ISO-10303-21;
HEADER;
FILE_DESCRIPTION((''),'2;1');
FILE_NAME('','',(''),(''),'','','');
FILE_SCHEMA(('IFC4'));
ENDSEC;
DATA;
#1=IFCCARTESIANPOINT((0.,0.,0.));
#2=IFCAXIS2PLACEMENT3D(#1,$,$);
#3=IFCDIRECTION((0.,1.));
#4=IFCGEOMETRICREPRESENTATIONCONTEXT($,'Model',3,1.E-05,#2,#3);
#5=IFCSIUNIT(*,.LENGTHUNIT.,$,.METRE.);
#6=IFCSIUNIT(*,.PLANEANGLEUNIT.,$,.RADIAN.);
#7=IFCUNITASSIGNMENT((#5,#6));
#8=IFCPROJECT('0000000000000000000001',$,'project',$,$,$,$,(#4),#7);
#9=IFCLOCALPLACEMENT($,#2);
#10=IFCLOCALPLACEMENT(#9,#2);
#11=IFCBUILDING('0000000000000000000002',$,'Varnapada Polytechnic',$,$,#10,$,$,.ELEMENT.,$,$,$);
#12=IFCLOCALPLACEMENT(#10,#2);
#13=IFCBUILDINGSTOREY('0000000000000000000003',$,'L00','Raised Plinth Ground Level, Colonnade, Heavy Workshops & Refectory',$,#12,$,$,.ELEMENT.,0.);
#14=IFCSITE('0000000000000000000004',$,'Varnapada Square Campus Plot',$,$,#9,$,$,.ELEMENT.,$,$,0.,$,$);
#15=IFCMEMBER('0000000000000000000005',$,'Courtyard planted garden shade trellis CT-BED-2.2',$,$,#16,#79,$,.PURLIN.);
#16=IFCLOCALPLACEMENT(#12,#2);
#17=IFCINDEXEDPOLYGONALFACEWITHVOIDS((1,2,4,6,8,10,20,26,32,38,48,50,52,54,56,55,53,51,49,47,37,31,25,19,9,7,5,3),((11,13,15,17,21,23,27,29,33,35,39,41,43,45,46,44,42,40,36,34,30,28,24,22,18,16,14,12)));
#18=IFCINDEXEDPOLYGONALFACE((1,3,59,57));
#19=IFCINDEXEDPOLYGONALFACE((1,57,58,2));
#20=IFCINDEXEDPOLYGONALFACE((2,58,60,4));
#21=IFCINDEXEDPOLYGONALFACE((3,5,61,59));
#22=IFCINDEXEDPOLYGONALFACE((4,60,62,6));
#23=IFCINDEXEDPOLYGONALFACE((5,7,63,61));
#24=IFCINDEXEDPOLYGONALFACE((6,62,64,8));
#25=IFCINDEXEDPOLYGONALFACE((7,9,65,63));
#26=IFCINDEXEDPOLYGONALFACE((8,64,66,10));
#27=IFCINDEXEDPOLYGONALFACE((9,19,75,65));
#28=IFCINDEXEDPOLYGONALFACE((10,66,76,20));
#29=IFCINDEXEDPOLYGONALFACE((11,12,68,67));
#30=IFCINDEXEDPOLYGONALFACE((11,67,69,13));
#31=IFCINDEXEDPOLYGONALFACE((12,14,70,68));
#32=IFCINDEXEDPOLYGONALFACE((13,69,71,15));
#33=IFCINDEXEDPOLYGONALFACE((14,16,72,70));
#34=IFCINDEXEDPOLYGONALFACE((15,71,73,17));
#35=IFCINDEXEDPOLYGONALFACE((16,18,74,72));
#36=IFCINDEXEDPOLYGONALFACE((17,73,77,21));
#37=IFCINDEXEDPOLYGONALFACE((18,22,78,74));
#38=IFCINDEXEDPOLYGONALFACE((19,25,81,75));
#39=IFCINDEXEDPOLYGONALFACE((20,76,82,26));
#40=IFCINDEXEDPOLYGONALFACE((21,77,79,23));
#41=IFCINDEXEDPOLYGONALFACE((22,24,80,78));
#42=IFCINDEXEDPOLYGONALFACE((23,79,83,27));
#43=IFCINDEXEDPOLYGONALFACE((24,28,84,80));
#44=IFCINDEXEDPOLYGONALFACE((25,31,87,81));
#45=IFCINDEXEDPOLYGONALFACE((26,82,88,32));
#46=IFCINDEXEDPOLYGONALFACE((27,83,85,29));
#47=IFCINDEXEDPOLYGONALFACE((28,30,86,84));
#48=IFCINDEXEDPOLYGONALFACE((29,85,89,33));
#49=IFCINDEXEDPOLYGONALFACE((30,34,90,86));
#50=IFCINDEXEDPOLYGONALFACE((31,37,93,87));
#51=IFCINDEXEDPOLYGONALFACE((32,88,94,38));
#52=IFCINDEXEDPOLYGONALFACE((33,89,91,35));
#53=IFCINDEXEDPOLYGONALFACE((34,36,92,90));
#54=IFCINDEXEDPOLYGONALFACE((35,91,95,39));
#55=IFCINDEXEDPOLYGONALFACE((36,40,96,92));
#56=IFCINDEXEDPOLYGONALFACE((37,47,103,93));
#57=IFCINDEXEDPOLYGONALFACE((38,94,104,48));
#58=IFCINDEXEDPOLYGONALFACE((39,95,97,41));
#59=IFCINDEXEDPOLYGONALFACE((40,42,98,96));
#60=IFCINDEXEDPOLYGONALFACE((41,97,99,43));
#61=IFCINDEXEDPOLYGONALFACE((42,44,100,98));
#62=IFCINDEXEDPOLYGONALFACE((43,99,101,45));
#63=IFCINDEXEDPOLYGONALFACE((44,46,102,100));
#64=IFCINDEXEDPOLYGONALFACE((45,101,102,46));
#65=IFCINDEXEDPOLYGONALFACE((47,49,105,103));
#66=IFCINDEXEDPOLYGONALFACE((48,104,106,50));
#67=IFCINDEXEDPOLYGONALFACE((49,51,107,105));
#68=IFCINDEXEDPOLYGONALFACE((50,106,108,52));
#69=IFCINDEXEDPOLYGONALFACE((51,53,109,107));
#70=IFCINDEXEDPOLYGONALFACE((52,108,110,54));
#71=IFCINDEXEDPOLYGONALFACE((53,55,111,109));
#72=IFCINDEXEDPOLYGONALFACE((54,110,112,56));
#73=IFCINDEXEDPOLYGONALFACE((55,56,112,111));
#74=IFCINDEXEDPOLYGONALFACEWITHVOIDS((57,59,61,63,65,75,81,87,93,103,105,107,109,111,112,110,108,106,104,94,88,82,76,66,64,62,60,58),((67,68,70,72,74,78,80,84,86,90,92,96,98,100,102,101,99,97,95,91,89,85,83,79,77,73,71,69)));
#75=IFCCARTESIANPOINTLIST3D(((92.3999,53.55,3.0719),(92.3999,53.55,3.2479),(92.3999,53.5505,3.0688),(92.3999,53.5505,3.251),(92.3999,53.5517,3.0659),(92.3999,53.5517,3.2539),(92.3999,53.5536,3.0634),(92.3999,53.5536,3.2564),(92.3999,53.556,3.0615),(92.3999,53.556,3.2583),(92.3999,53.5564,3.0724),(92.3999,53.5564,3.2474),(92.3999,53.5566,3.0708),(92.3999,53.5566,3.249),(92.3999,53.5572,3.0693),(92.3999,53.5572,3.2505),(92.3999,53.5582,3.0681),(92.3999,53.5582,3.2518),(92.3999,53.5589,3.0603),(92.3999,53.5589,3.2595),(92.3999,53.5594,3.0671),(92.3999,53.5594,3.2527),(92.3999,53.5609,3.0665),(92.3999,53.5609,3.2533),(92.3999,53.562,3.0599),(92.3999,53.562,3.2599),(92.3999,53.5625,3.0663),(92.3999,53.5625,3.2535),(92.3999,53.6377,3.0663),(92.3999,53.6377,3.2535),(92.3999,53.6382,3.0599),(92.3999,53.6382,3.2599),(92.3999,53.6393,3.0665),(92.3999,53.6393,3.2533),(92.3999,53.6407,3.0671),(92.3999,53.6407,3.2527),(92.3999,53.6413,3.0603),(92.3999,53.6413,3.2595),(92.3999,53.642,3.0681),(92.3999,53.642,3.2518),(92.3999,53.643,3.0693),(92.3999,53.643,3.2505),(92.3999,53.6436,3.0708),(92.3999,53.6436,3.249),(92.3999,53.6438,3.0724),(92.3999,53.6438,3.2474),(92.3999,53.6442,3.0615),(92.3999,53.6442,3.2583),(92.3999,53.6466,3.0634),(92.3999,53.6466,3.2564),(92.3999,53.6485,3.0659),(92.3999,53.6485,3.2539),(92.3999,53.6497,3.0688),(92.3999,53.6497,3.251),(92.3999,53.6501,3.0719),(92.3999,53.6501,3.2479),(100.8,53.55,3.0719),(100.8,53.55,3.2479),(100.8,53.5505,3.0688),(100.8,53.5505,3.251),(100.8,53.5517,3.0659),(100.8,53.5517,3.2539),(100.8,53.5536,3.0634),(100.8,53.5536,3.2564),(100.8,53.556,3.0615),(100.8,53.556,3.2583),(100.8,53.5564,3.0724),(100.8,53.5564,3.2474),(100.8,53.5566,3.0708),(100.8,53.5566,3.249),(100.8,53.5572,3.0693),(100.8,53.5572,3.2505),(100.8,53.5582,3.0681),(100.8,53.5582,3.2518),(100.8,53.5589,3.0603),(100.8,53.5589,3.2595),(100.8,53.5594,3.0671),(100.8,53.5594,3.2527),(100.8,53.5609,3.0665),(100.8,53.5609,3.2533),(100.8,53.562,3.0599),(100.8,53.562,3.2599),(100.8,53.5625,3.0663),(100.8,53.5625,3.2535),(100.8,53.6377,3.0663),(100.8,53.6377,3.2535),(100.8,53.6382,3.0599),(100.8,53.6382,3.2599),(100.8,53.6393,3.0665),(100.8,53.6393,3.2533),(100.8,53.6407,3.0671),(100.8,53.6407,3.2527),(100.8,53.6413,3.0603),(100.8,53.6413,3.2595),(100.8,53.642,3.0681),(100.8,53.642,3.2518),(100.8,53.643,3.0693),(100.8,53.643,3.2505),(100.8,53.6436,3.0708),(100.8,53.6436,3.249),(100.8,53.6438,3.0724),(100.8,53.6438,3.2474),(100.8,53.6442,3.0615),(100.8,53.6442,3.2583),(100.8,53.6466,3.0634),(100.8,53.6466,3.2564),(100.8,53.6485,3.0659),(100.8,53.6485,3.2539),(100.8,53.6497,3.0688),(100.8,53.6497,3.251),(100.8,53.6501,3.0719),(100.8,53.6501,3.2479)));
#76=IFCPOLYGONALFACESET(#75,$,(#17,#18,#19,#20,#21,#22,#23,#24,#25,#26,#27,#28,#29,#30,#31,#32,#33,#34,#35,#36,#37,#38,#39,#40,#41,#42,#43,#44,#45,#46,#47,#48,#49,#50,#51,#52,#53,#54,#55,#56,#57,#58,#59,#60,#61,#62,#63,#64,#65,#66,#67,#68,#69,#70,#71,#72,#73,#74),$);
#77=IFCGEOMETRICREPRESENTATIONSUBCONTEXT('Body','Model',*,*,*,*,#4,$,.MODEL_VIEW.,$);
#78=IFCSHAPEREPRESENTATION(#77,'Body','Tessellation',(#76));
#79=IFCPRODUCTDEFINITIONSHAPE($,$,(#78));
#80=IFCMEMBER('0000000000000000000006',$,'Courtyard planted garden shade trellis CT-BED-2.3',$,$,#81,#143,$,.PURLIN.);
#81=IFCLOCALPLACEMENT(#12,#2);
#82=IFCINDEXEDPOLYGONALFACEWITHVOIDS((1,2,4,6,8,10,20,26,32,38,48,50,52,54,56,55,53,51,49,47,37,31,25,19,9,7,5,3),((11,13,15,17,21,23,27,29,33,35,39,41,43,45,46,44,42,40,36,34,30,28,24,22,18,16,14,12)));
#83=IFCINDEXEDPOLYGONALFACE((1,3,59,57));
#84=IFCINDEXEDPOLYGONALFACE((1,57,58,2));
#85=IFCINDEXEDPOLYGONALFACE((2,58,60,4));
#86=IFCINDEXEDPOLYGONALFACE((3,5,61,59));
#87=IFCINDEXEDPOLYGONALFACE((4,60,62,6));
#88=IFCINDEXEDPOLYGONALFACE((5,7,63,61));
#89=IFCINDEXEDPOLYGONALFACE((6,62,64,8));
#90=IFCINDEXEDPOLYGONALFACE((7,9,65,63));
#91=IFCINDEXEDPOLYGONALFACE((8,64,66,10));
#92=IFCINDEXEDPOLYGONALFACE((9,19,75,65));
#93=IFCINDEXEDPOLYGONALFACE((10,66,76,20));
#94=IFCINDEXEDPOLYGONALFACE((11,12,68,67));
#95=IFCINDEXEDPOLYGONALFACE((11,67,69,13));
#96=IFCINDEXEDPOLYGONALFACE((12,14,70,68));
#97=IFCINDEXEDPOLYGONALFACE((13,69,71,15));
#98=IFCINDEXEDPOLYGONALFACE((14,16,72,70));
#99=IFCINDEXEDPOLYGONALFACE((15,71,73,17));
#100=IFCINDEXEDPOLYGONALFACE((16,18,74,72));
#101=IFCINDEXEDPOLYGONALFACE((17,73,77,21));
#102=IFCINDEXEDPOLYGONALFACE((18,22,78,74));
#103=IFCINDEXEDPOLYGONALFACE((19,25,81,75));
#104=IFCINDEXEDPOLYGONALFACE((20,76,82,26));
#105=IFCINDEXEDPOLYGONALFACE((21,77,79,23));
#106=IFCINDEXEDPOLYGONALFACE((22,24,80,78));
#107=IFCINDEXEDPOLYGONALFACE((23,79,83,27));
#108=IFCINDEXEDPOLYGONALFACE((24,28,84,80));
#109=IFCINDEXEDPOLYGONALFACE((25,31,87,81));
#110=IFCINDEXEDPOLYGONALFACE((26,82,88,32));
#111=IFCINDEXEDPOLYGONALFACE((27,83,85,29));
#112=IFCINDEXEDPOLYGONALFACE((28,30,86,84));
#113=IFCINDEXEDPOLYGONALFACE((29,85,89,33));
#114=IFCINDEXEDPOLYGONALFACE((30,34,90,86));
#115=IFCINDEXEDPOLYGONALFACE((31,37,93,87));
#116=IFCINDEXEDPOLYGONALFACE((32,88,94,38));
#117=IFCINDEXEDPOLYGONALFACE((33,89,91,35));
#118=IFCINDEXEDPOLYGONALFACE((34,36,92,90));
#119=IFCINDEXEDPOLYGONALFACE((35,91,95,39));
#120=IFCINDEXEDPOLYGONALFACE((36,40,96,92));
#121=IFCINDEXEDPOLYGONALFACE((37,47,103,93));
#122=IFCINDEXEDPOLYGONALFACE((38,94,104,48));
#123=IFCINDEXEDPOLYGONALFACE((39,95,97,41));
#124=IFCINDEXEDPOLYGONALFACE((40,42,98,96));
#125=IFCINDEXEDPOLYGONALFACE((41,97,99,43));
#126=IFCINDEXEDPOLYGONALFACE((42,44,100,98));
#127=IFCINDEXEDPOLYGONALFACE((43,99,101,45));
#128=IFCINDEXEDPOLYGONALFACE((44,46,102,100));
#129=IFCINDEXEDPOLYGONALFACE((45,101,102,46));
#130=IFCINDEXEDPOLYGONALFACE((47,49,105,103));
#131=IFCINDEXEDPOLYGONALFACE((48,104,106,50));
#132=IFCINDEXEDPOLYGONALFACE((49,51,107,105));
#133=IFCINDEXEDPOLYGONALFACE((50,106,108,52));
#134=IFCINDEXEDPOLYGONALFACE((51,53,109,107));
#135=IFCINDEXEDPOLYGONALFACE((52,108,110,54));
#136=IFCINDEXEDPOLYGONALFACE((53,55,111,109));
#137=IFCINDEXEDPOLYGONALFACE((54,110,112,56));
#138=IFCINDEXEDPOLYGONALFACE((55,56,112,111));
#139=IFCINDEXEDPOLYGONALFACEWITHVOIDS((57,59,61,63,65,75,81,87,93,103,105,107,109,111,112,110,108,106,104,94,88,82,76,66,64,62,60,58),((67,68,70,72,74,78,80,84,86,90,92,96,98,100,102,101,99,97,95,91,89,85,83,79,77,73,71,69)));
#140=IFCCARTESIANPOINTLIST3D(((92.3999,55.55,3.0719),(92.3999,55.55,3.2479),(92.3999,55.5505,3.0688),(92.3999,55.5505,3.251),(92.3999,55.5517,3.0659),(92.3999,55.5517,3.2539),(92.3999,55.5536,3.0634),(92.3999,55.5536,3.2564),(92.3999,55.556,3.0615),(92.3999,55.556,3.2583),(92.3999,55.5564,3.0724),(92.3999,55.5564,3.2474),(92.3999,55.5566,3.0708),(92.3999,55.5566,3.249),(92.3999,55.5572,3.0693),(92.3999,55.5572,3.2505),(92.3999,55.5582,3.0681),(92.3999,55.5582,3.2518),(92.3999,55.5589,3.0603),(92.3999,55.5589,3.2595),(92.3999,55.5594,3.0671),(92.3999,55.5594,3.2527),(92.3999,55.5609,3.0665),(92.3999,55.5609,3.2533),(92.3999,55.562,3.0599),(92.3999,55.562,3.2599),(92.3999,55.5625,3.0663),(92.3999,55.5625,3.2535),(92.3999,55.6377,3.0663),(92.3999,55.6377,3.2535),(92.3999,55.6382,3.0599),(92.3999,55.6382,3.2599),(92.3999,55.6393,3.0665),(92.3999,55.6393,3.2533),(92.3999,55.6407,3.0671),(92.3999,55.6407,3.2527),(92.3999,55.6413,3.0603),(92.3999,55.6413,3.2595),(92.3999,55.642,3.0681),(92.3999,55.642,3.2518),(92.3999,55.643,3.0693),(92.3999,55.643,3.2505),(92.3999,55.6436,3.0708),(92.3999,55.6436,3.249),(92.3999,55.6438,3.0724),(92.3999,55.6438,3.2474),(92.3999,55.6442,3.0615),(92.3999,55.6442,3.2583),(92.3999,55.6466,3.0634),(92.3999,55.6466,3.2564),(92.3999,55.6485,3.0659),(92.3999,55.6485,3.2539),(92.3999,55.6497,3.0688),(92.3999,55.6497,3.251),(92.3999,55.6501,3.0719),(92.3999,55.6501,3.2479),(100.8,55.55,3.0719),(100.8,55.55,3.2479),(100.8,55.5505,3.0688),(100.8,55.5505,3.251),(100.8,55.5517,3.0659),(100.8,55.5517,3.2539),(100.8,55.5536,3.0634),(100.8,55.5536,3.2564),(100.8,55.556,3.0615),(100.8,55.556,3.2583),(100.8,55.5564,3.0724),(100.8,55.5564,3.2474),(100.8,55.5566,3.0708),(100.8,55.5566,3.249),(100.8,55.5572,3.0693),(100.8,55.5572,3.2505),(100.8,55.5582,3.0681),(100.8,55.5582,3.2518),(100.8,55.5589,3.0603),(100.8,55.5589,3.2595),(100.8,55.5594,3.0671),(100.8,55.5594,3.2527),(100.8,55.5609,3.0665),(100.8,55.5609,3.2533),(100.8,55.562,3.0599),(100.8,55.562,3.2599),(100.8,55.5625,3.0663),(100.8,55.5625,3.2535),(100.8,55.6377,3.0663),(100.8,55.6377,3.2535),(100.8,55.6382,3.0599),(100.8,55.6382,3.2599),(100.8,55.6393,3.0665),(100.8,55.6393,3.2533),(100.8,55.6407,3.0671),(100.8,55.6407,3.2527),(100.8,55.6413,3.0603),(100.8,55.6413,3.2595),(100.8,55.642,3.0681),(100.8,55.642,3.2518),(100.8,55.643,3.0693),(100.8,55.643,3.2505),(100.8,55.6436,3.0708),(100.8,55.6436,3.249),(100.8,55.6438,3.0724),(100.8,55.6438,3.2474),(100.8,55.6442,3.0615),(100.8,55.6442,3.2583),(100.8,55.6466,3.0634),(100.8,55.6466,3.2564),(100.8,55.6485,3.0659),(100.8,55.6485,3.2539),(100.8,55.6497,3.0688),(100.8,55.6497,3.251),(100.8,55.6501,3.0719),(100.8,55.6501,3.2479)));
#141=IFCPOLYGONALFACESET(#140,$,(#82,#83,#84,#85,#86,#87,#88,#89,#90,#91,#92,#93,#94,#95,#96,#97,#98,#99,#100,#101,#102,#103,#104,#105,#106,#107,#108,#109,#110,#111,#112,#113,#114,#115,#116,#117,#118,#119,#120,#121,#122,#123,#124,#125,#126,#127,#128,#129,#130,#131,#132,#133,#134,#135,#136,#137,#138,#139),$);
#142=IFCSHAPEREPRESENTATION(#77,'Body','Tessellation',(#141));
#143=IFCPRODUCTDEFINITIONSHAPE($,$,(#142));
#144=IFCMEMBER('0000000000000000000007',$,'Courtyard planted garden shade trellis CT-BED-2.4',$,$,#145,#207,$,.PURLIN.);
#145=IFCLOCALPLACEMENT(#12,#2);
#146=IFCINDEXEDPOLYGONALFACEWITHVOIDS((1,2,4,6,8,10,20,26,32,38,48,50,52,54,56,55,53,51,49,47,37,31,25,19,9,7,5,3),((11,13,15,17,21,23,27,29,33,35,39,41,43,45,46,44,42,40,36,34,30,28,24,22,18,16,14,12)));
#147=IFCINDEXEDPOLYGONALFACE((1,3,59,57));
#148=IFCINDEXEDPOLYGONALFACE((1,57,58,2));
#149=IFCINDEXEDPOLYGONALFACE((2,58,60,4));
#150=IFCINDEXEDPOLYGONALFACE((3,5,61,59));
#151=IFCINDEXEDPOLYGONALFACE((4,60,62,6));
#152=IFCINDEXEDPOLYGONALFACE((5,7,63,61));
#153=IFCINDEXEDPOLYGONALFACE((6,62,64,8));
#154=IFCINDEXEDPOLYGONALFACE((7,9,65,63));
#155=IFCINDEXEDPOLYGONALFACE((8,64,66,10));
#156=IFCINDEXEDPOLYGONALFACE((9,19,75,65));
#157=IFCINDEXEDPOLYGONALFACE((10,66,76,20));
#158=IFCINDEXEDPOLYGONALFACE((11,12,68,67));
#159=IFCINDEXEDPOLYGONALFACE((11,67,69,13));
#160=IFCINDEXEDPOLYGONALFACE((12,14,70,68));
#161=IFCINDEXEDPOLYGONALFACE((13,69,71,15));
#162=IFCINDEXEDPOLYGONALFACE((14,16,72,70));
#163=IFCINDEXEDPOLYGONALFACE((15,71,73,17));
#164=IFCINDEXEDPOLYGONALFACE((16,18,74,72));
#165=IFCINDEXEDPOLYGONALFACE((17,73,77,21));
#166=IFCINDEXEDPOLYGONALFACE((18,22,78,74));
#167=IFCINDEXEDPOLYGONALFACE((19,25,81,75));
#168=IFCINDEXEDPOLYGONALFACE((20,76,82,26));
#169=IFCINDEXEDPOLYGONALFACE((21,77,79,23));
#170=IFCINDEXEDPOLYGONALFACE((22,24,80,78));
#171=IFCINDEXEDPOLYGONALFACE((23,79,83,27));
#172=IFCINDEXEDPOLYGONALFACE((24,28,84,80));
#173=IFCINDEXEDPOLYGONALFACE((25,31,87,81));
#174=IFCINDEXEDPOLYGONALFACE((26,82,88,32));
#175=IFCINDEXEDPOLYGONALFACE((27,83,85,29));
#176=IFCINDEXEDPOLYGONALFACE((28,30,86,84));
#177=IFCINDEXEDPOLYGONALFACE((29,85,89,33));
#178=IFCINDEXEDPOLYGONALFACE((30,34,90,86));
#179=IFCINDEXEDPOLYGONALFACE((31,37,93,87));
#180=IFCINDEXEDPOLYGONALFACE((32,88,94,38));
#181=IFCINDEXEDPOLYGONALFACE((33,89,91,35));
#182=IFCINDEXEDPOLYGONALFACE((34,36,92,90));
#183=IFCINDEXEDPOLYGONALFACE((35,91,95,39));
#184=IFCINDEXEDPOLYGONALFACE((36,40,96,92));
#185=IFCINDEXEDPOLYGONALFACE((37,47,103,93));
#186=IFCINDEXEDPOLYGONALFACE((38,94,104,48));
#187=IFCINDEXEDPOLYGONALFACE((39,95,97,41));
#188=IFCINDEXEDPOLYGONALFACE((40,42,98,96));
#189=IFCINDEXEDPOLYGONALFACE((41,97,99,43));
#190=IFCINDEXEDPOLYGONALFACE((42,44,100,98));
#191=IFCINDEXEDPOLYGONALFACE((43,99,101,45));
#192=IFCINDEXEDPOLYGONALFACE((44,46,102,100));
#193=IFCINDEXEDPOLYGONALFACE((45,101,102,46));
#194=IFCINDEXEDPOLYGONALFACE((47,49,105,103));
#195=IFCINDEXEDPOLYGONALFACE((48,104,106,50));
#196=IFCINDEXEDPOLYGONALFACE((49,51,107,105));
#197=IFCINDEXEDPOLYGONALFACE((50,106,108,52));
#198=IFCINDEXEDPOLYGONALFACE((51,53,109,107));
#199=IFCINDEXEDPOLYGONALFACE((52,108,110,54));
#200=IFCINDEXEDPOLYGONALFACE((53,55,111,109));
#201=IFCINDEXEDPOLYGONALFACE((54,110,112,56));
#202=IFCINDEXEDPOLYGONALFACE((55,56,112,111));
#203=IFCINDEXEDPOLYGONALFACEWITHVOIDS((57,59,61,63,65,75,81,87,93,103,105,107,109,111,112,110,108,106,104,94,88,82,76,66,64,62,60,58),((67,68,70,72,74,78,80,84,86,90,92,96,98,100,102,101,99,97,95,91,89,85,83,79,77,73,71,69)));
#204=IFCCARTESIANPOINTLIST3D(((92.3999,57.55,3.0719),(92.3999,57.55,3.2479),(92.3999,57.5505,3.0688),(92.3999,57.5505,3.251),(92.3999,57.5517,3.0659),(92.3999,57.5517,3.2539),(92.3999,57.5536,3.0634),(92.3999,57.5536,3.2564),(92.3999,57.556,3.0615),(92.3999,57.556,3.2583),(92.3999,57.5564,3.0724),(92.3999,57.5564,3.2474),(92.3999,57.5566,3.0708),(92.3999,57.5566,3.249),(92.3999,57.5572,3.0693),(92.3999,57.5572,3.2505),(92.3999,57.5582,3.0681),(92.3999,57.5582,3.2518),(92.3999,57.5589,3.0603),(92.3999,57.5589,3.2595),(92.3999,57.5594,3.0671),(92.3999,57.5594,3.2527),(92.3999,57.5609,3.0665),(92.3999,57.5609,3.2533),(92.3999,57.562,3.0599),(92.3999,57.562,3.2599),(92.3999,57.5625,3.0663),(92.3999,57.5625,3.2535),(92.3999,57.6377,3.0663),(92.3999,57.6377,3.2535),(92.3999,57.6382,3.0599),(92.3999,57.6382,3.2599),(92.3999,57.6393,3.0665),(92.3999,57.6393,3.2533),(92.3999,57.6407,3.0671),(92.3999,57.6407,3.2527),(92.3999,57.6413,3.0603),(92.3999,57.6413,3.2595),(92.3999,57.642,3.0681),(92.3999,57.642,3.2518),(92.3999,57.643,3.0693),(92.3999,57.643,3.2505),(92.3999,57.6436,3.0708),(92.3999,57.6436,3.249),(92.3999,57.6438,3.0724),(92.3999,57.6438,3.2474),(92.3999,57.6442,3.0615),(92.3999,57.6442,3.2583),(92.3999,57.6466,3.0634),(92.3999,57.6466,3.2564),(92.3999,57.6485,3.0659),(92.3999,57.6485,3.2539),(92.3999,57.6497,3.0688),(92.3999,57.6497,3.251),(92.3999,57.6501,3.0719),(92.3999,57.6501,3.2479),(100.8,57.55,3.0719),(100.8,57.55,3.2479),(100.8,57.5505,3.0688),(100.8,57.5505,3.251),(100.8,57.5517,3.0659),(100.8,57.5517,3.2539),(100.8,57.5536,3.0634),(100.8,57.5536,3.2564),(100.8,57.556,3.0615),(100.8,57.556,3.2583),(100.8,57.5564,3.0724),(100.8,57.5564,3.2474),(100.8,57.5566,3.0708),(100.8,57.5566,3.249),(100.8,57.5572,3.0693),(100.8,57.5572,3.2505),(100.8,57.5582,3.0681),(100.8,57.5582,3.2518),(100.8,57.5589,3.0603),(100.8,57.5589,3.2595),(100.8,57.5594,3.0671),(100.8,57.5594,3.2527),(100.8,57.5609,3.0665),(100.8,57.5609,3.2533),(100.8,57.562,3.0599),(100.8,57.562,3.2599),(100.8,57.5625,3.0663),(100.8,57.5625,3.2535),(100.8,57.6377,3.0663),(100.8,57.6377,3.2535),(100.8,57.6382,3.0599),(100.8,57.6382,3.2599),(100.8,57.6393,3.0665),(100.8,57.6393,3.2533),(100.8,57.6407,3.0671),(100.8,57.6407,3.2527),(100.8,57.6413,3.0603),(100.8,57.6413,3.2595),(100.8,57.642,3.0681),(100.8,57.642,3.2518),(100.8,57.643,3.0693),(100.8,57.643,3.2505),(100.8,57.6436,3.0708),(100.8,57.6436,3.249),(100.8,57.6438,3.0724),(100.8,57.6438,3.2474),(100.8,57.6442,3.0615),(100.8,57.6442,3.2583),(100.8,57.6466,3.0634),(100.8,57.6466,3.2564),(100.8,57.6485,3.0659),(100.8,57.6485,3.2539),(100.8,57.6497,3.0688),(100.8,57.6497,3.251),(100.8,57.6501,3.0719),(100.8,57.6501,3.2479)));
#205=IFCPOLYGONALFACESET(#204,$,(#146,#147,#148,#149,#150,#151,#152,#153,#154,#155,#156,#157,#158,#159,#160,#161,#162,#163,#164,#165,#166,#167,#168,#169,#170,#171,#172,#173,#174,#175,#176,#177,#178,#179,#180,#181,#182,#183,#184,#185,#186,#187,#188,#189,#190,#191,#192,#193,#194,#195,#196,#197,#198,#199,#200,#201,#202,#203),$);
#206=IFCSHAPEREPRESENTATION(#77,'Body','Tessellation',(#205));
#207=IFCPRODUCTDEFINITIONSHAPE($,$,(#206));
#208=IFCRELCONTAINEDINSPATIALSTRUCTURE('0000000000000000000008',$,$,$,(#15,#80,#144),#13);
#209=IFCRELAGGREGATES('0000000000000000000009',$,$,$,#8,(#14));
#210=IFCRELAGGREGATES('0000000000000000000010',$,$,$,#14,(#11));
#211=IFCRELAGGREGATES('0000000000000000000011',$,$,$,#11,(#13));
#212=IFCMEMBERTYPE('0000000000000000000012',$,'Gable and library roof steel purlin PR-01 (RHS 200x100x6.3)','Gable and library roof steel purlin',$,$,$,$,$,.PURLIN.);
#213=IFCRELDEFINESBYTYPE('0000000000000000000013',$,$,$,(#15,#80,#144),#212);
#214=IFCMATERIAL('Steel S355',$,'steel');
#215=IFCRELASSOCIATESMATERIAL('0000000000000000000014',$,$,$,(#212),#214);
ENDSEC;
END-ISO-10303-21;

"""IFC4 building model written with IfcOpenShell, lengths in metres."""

from ifc_helpers import new_model, si_unit, direction, frame, origin, origin_2d, place, context, subcontext, project, spatial, hollow_rectangle, extrude, material, material_profile, profile_set, type_object, element, save


model = new_model("IFC4")

# Units and contexts
model_context = context("Model", 3, precision=1e-05, world=origin(), true_north=direction((0.0, 1.0)))
body_context = subcontext(model_context, "Body", "Model", "MODEL_VIEW")
ifc_project = project(units=[si_unit("LENGTHUNIT", "METRE"), si_unit("PLANEANGLEUNIT", "RADIAN")], contexts=[model_context])

# Site, building, storey
site_placement = place(None, origin())
site = spatial("IfcSite", under=ifc_project, at=site_placement, Name="Varnapada Square Campus Plot", CompositionType="ELEMENT", RefElevation=0.0)
building_placement = place(site_placement, origin())
building = spatial("IfcBuilding", under=site, at=building_placement, Name="Varnapada Polytechnic", CompositionType="ELEMENT")
storey_placement = place(building_placement, origin())
storey = spatial("IfcBuildingStorey", under=building, at=storey_placement, Name="L00", Description="Raised Plinth Ground Level, Colonnade, Heavy Workshops & Refectory", CompositionType="ELEMENT", Elevation=0.0)

# Members
ifc_material_1 = material(Name="Steel S355", Category="steel")
ifc_material_profile_1 = material_profile(ifc_material_1, hollow_rectangle(XDim=0.1001, YDim=0.2, WallThickness=0.0063, InnerFilletRadius=0.0061, OuterFilletRadius=0.012, at=origin_2d()), Name="RHS 200x100x6.3")
ifc_profile_set_1 = profile_set([ifc_material_profile_1], Name="Steel S355")
member_type_1 = type_object("IfcMemberType", Name="Gable and library roof steel purlin PR-01 (RHS 200x100x6.3)", Description="Gable and library roof steel purlin", PredefinedType="PURLIN", material=ifc_profile_set_1)
for number, where, z_axis, x_axis, name in (
    (1, (92.3999, 53.6001, 3.1599), (1.0, 0.0, 0.0), (0.0, 1.0, 0.0), "Courtyard planted garden shade trellis CT-BED-2.2"),
    (2, (92.3999, 55.6001, 3.1599), (1.0, 0.0, 0.0), (0.0, 1.0, 0.0), "Courtyard planted garden shade trellis CT-BED-2.3"),
    (3, (92.3999, 57.6001, 3.1599), (1.0, 0.0, 0.0), (0.0, 1.0, 0.0), "Courtyard planted garden shade trellis CT-BED-2.4"),
):
    element("IfcMember", number, at=place(storey_placement, frame(where, z_axis=z_axis, x_axis=x_axis)), inside=storey, type_object=member_type_1, Name=name, PredefinedType="PURLIN", context=body_context, shape_type="SweptSolid", body=[
        extrude(hollow_rectangle(XDim=0.1001, YDim=0.2, WallThickness=0.0063, InnerFilletRadius=0.0061, OuterFilletRadius=0.012, at=origin_2d()), origin(), (0.0, 0.0, 1.0), 8.4001),
    ])

save(model, "model.ifc")
